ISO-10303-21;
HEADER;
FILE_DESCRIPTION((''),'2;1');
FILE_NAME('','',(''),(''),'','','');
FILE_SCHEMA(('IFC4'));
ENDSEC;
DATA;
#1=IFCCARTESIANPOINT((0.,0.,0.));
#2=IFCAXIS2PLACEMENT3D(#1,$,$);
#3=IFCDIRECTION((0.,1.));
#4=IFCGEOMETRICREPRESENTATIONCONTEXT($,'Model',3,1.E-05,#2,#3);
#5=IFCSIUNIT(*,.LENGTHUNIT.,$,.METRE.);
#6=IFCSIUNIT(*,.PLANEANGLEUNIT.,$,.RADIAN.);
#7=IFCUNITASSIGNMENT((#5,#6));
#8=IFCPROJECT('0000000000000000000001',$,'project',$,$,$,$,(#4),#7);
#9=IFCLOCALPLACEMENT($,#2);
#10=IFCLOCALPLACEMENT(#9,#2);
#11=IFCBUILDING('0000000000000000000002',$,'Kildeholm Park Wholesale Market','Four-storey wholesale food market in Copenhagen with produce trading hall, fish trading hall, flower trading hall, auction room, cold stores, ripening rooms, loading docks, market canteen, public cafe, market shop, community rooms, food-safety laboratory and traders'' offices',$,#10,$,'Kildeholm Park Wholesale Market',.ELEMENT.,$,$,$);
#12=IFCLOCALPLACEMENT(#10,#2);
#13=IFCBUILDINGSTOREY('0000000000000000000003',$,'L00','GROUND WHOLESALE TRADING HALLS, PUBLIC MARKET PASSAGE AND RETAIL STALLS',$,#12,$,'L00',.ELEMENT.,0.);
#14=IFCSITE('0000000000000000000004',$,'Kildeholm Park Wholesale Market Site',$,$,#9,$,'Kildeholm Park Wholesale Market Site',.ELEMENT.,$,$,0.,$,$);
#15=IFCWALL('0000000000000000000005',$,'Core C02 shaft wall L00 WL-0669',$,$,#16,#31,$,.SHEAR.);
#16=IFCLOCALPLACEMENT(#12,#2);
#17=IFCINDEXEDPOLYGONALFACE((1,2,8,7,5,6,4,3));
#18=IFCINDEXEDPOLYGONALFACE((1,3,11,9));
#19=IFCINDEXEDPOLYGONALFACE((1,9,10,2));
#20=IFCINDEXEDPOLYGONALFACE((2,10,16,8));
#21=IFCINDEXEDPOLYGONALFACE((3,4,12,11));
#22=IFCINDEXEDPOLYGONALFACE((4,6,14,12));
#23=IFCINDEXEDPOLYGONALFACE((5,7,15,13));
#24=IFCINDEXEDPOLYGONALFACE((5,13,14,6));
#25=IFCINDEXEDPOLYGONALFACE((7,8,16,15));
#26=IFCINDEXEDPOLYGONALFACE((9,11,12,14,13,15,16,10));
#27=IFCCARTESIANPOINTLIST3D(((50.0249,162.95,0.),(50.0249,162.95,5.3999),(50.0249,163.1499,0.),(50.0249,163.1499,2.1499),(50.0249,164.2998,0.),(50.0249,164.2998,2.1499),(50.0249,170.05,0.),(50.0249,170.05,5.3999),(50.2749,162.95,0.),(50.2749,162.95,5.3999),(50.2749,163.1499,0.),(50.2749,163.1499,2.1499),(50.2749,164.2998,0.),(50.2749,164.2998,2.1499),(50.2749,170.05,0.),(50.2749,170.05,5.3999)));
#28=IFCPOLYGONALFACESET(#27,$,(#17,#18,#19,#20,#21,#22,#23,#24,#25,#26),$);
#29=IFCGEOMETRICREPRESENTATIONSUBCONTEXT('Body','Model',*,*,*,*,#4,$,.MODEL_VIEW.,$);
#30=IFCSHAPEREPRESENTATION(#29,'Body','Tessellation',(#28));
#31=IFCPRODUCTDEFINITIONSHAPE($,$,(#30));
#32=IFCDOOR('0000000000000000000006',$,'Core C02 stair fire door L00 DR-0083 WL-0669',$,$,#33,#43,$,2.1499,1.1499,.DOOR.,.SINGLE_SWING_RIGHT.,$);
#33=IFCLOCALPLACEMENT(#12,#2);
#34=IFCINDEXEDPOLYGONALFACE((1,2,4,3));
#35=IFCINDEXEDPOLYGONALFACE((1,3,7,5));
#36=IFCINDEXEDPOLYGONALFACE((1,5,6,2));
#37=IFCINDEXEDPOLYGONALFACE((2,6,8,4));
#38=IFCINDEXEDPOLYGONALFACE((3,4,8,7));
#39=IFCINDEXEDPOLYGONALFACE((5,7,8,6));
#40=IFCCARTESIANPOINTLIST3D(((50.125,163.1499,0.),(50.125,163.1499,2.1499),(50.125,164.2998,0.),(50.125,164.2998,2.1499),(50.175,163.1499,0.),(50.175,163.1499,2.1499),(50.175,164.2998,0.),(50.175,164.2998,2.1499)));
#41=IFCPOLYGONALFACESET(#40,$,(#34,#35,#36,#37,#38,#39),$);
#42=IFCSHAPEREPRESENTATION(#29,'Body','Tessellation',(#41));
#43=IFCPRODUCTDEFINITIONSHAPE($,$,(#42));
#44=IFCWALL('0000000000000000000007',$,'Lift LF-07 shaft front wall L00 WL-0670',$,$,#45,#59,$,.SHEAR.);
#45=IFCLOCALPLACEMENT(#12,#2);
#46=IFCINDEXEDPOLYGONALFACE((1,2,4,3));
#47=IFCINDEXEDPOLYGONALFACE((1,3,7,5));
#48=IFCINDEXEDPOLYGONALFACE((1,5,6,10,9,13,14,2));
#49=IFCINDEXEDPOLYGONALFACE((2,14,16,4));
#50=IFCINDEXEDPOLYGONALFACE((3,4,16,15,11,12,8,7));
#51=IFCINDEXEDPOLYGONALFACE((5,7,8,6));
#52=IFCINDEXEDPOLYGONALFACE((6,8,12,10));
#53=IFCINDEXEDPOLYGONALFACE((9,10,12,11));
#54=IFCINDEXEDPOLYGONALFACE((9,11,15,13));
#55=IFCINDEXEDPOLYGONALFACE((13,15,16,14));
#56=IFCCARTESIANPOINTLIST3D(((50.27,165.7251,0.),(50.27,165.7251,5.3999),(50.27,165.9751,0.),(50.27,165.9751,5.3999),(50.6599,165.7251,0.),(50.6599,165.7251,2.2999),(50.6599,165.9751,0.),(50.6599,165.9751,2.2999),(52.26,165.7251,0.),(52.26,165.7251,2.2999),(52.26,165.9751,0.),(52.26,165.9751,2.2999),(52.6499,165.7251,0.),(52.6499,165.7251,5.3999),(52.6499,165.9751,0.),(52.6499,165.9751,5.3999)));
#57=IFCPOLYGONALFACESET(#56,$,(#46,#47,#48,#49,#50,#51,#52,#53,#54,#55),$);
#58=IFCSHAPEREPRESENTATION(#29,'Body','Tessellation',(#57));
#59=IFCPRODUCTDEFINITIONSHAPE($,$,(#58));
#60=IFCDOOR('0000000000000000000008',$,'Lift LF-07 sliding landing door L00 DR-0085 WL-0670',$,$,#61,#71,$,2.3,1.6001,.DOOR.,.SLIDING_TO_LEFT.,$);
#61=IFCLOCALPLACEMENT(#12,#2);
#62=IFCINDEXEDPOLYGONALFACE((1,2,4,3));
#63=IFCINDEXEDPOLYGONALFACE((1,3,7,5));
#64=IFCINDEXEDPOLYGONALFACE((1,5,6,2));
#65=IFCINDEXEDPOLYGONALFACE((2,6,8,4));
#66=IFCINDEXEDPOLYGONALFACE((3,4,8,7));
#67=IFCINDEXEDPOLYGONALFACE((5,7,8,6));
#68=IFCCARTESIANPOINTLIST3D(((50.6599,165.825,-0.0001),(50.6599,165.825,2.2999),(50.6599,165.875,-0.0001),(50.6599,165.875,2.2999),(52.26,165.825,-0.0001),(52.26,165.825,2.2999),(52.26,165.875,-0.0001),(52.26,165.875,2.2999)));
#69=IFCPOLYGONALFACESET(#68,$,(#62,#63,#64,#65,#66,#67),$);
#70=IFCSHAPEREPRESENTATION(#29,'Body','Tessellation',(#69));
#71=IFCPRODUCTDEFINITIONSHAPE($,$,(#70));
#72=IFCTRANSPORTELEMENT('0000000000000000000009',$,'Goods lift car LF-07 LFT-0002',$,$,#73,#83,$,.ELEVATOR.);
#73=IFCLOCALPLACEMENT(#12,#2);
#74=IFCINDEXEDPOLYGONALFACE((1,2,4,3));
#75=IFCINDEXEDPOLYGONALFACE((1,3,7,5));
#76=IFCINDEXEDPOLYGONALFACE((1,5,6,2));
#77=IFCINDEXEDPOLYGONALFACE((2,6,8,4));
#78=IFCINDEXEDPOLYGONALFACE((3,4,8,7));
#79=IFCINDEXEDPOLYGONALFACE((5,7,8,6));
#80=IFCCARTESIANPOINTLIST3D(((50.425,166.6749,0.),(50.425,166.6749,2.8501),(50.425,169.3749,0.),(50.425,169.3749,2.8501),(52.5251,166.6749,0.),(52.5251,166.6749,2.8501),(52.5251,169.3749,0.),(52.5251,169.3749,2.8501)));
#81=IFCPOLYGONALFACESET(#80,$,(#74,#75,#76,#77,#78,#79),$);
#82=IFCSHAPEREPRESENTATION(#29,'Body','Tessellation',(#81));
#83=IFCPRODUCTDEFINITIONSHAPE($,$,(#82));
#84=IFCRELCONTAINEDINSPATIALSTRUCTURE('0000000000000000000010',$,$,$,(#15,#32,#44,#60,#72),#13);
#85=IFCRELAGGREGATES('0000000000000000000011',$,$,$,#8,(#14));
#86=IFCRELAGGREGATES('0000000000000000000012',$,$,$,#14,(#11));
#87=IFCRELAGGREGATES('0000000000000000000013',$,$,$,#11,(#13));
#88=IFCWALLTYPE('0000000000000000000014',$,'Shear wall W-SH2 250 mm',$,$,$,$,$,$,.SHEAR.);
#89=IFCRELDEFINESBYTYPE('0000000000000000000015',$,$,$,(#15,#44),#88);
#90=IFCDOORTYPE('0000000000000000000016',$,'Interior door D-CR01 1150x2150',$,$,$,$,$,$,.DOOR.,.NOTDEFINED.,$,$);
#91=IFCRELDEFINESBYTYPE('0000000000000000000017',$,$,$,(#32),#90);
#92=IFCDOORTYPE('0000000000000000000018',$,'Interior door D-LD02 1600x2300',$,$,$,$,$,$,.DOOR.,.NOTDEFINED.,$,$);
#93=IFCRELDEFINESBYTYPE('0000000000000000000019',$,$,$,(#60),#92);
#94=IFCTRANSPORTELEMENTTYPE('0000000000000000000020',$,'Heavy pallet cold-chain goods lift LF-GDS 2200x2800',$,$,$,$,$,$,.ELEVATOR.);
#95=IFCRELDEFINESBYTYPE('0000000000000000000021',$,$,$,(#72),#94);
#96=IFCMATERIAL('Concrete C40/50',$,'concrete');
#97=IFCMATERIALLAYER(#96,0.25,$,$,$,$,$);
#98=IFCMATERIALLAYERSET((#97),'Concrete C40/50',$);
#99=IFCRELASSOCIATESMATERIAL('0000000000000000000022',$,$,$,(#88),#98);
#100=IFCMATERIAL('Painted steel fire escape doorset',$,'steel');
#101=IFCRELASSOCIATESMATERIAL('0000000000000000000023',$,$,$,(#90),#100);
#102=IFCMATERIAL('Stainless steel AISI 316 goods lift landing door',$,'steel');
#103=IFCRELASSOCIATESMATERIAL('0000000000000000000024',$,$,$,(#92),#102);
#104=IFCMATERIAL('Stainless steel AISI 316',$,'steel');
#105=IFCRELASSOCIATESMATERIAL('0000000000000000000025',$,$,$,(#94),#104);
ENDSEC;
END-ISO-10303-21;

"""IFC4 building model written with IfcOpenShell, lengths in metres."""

from ifc_helpers import new_model, si_unit, direction, frame, frame_2d, origin, origin_2d, place, context, subcontext, project, spatial, rectangle, extrude, material, layer, layer_set, type_object, element, fill, save


model = new_model("IFC4")

# Units and contexts
model_context = context("Model", 3, precision=1e-05, world=origin(), true_north=direction((0.0, 1.0)))
body_context = subcontext(model_context, "Body", "Model", "MODEL_VIEW")
ifc_project = project(units=[si_unit("LENGTHUNIT", "METRE"), si_unit("PLANEANGLEUNIT", "RADIAN")], contexts=[model_context])

# Site, building, storey
site_placement = place(None, origin())
site = spatial("IfcSite", under=ifc_project, at=site_placement, Name="Kildeholm Park Wholesale Market Site", LongName="Kildeholm Park Wholesale Market Site", CompositionType="ELEMENT", RefElevation=0.0)
building_placement = place(site_placement, origin())
building = spatial("IfcBuilding", under=site, at=building_placement, Name="Kildeholm Park Wholesale Market", Description="Four-storey wholesale food market in Copenhagen with produce trading hall, fish trading hall, flower trading hall, auction room, cold stores, ripening rooms, loading docks, market canteen, public cafe, market shop, community rooms, food-safety laboratory and traders' offices", LongName="Kildeholm Park Wholesale Market", CompositionType="ELEMENT")
storey_placement = place(building_placement, origin())
storey = spatial("IfcBuildingStorey", under=building, at=storey_placement, Name="L00", Description="GROUND WHOLESALE TRADING HALLS, PUBLIC MARKET PASSAGE AND RETAIL STALLS", LongName="L00", CompositionType="ELEMENT", Elevation=0.0)

# Shared definitions
ifc_material_1 = material(Name="Concrete C40/50", Category="concrete")

# Walls, openings, doors
ifc_layer_1 = layer(ifc_material_1, 0.25)
ifc_layer_set_1 = layer_set([ifc_layer_1], Name="Concrete C40/50")
wall_type_1 = type_object("IfcWallType", Name="Shear wall W-SH2 250 mm", PredefinedType="SHEAR", material=ifc_layer_set_1)
wall_1_placement = place(storey_placement, frame((50.1499, 162.95, 0.0), z_axis=(0.0, 0.0, 1.0), x_axis=(0.0, 1.0, 0.0)))
wall_1 = element("IfcWall", 1, at=wall_1_placement, inside=storey, type_object=wall_type_1, Name="Core C02 shaft wall L00 WL-0669", PredefinedType="SHEAR", context=body_context, shape_type="SweptSolid", body=[
    extrude(rectangle(XDim=7.1001, YDim=0.25, at=frame_2d((3.55, 0.0))), origin(), (0.0, 0.0, 1.0), 5.3999),
])
opening_1_placement = place(wall_1_placement, frame((0.2, 0.0, 0.0)))
opening_1 = element("IfcOpeningElement", 2, at=opening_1_placement, cuts=wall_1, PredefinedType="OPENING", context=body_context, shape_type="SweptSolid", body=[
    extrude(rectangle(XDim=1.1499, YDim=2.1499, at=frame_2d((0.575, 1.075))), frame((0.0, 0.135, 0.0), z_axis=(0.0, -1.0, 0.0), x_axis=(1.0, 0.0, 0.0)), (0.0, 0.0, 1.0), 0.27),
])
ifc_material_2 = material(Name="Painted steel fire escape doorset", Category="steel")
door_type_1 = type_object("IfcDoorType", Name="Interior door D-CR01 1150x2150", OperationType="NOTDEFINED", PredefinedType="DOOR", material=ifc_material_2)
door_1_placement = place(opening_1_placement, origin())
door_1 = element("IfcDoor", 3, at=door_1_placement, inside=storey, type_object=door_type_1, Name="Core C02 stair fire door L00 DR-0083 WL-0669", OperationType="SINGLE_SWING_RIGHT", OverallHeight=2.1499, OverallWidth=1.1499, PredefinedType="DOOR", context=body_context, shape_type="SweptSolid", body=[
    extrude(rectangle(XDim=1.1499, YDim=2.1499, at=frame_2d((0.575, 1.075))), frame((0.0, 0.0249, 0.0), z_axis=(0.0, -1.0, 0.0), x_axis=(1.0, 0.0, 0.0)), (0.0, 0.0, 1.0), 0.05),
])
fill(opening_1, door_1)
wall_2_placement = place(storey_placement, frame((50.27, 165.8501, 0.0), z_axis=(0.0, 0.0, 1.0), x_axis=(1.0, 0.0, 0.0)))
wall_2 = element("IfcWall", 4, at=wall_2_placement, inside=storey, type_object=wall_type_1, Name="Lift LF-07 shaft front wall L00 WL-0670", PredefinedType="SHEAR", context=body_context, shape_type="SweptSolid", body=[
    extrude(rectangle(XDim=2.3799, YDim=0.25, at=frame_2d((1.1899, 0.0))), origin(), (0.0, 0.0, 1.0), 5.3999),
])
opening_2_placement = place(wall_2_placement, frame((0.3899, 0.0, 0.0)))
opening_2 = element("IfcOpeningElement", 5, at=opening_2_placement, cuts=wall_2, PredefinedType="OPENING", context=body_context, shape_type="SweptSolid", body=[
    extrude(rectangle(XDim=1.6001, YDim=2.3, at=frame_2d((0.8, 1.1499))), frame((0.0, 0.135, 0.0), z_axis=(0.0, -1.0, 0.0), x_axis=(1.0, 0.0, 0.0)), (0.0, 0.0, 1.0), 0.27),
])
ifc_material_3 = material(Name="Stainless steel AISI 316 goods lift landing door", Category="steel")
door_type_2 = type_object("IfcDoorType", Name="Interior door D-LD02 1600x2300", OperationType="NOTDEFINED", PredefinedType="DOOR", material=ifc_material_3)
door_2_placement = place(opening_2_placement, origin())
door_2 = element("IfcDoor", 6, at=door_2_placement, inside=storey, type_object=door_type_2, Name="Lift LF-07 sliding landing door L00 DR-0085 WL-0670", OperationType="SLIDING_TO_LEFT", OverallHeight=2.3, OverallWidth=1.6001, PredefinedType="DOOR", context=body_context, shape_type="SweptSolid", body=[
    extrude(rectangle(XDim=1.6001, YDim=2.3, at=frame_2d((0.8, 1.1499))), frame((0.0, 0.0249, 0.0), z_axis=(0.0, -1.0, 0.0), x_axis=(1.0, 0.0, 0.0)), (0.0, 0.0, 1.0), 0.05),
])
fill(opening_2, door_2)

# Transport element
ifc_material_4 = material(Name="Stainless steel AISI 316", Category="steel")
transport_element_type = type_object("IfcTransportElementType", Name="Heavy pallet cold-chain goods lift LF-GDS 2200x2800", PredefinedType="ELEVATOR", material=ifc_material_4)
transport_element_placement = place(storey_placement, frame((51.4751, 168.0249, 0.0), z_axis=(0.0, 0.0, 1.0), x_axis=(1.0, 0.0, 0.0)))
element("IfcTransportElement", 7, at=transport_element_placement, inside=storey, type_object=transport_element_type, Name="Goods lift car LF-07 LFT-0002", PredefinedType="ELEVATOR", context=body_context, shape_type="SweptSolid", body=[
    extrude(rectangle(XDim=2.1001, YDim=2.7, at=origin_2d()), origin(), (0.0, 0.0, 1.0), 2.8501),
])

save(model, "model.ifc")
